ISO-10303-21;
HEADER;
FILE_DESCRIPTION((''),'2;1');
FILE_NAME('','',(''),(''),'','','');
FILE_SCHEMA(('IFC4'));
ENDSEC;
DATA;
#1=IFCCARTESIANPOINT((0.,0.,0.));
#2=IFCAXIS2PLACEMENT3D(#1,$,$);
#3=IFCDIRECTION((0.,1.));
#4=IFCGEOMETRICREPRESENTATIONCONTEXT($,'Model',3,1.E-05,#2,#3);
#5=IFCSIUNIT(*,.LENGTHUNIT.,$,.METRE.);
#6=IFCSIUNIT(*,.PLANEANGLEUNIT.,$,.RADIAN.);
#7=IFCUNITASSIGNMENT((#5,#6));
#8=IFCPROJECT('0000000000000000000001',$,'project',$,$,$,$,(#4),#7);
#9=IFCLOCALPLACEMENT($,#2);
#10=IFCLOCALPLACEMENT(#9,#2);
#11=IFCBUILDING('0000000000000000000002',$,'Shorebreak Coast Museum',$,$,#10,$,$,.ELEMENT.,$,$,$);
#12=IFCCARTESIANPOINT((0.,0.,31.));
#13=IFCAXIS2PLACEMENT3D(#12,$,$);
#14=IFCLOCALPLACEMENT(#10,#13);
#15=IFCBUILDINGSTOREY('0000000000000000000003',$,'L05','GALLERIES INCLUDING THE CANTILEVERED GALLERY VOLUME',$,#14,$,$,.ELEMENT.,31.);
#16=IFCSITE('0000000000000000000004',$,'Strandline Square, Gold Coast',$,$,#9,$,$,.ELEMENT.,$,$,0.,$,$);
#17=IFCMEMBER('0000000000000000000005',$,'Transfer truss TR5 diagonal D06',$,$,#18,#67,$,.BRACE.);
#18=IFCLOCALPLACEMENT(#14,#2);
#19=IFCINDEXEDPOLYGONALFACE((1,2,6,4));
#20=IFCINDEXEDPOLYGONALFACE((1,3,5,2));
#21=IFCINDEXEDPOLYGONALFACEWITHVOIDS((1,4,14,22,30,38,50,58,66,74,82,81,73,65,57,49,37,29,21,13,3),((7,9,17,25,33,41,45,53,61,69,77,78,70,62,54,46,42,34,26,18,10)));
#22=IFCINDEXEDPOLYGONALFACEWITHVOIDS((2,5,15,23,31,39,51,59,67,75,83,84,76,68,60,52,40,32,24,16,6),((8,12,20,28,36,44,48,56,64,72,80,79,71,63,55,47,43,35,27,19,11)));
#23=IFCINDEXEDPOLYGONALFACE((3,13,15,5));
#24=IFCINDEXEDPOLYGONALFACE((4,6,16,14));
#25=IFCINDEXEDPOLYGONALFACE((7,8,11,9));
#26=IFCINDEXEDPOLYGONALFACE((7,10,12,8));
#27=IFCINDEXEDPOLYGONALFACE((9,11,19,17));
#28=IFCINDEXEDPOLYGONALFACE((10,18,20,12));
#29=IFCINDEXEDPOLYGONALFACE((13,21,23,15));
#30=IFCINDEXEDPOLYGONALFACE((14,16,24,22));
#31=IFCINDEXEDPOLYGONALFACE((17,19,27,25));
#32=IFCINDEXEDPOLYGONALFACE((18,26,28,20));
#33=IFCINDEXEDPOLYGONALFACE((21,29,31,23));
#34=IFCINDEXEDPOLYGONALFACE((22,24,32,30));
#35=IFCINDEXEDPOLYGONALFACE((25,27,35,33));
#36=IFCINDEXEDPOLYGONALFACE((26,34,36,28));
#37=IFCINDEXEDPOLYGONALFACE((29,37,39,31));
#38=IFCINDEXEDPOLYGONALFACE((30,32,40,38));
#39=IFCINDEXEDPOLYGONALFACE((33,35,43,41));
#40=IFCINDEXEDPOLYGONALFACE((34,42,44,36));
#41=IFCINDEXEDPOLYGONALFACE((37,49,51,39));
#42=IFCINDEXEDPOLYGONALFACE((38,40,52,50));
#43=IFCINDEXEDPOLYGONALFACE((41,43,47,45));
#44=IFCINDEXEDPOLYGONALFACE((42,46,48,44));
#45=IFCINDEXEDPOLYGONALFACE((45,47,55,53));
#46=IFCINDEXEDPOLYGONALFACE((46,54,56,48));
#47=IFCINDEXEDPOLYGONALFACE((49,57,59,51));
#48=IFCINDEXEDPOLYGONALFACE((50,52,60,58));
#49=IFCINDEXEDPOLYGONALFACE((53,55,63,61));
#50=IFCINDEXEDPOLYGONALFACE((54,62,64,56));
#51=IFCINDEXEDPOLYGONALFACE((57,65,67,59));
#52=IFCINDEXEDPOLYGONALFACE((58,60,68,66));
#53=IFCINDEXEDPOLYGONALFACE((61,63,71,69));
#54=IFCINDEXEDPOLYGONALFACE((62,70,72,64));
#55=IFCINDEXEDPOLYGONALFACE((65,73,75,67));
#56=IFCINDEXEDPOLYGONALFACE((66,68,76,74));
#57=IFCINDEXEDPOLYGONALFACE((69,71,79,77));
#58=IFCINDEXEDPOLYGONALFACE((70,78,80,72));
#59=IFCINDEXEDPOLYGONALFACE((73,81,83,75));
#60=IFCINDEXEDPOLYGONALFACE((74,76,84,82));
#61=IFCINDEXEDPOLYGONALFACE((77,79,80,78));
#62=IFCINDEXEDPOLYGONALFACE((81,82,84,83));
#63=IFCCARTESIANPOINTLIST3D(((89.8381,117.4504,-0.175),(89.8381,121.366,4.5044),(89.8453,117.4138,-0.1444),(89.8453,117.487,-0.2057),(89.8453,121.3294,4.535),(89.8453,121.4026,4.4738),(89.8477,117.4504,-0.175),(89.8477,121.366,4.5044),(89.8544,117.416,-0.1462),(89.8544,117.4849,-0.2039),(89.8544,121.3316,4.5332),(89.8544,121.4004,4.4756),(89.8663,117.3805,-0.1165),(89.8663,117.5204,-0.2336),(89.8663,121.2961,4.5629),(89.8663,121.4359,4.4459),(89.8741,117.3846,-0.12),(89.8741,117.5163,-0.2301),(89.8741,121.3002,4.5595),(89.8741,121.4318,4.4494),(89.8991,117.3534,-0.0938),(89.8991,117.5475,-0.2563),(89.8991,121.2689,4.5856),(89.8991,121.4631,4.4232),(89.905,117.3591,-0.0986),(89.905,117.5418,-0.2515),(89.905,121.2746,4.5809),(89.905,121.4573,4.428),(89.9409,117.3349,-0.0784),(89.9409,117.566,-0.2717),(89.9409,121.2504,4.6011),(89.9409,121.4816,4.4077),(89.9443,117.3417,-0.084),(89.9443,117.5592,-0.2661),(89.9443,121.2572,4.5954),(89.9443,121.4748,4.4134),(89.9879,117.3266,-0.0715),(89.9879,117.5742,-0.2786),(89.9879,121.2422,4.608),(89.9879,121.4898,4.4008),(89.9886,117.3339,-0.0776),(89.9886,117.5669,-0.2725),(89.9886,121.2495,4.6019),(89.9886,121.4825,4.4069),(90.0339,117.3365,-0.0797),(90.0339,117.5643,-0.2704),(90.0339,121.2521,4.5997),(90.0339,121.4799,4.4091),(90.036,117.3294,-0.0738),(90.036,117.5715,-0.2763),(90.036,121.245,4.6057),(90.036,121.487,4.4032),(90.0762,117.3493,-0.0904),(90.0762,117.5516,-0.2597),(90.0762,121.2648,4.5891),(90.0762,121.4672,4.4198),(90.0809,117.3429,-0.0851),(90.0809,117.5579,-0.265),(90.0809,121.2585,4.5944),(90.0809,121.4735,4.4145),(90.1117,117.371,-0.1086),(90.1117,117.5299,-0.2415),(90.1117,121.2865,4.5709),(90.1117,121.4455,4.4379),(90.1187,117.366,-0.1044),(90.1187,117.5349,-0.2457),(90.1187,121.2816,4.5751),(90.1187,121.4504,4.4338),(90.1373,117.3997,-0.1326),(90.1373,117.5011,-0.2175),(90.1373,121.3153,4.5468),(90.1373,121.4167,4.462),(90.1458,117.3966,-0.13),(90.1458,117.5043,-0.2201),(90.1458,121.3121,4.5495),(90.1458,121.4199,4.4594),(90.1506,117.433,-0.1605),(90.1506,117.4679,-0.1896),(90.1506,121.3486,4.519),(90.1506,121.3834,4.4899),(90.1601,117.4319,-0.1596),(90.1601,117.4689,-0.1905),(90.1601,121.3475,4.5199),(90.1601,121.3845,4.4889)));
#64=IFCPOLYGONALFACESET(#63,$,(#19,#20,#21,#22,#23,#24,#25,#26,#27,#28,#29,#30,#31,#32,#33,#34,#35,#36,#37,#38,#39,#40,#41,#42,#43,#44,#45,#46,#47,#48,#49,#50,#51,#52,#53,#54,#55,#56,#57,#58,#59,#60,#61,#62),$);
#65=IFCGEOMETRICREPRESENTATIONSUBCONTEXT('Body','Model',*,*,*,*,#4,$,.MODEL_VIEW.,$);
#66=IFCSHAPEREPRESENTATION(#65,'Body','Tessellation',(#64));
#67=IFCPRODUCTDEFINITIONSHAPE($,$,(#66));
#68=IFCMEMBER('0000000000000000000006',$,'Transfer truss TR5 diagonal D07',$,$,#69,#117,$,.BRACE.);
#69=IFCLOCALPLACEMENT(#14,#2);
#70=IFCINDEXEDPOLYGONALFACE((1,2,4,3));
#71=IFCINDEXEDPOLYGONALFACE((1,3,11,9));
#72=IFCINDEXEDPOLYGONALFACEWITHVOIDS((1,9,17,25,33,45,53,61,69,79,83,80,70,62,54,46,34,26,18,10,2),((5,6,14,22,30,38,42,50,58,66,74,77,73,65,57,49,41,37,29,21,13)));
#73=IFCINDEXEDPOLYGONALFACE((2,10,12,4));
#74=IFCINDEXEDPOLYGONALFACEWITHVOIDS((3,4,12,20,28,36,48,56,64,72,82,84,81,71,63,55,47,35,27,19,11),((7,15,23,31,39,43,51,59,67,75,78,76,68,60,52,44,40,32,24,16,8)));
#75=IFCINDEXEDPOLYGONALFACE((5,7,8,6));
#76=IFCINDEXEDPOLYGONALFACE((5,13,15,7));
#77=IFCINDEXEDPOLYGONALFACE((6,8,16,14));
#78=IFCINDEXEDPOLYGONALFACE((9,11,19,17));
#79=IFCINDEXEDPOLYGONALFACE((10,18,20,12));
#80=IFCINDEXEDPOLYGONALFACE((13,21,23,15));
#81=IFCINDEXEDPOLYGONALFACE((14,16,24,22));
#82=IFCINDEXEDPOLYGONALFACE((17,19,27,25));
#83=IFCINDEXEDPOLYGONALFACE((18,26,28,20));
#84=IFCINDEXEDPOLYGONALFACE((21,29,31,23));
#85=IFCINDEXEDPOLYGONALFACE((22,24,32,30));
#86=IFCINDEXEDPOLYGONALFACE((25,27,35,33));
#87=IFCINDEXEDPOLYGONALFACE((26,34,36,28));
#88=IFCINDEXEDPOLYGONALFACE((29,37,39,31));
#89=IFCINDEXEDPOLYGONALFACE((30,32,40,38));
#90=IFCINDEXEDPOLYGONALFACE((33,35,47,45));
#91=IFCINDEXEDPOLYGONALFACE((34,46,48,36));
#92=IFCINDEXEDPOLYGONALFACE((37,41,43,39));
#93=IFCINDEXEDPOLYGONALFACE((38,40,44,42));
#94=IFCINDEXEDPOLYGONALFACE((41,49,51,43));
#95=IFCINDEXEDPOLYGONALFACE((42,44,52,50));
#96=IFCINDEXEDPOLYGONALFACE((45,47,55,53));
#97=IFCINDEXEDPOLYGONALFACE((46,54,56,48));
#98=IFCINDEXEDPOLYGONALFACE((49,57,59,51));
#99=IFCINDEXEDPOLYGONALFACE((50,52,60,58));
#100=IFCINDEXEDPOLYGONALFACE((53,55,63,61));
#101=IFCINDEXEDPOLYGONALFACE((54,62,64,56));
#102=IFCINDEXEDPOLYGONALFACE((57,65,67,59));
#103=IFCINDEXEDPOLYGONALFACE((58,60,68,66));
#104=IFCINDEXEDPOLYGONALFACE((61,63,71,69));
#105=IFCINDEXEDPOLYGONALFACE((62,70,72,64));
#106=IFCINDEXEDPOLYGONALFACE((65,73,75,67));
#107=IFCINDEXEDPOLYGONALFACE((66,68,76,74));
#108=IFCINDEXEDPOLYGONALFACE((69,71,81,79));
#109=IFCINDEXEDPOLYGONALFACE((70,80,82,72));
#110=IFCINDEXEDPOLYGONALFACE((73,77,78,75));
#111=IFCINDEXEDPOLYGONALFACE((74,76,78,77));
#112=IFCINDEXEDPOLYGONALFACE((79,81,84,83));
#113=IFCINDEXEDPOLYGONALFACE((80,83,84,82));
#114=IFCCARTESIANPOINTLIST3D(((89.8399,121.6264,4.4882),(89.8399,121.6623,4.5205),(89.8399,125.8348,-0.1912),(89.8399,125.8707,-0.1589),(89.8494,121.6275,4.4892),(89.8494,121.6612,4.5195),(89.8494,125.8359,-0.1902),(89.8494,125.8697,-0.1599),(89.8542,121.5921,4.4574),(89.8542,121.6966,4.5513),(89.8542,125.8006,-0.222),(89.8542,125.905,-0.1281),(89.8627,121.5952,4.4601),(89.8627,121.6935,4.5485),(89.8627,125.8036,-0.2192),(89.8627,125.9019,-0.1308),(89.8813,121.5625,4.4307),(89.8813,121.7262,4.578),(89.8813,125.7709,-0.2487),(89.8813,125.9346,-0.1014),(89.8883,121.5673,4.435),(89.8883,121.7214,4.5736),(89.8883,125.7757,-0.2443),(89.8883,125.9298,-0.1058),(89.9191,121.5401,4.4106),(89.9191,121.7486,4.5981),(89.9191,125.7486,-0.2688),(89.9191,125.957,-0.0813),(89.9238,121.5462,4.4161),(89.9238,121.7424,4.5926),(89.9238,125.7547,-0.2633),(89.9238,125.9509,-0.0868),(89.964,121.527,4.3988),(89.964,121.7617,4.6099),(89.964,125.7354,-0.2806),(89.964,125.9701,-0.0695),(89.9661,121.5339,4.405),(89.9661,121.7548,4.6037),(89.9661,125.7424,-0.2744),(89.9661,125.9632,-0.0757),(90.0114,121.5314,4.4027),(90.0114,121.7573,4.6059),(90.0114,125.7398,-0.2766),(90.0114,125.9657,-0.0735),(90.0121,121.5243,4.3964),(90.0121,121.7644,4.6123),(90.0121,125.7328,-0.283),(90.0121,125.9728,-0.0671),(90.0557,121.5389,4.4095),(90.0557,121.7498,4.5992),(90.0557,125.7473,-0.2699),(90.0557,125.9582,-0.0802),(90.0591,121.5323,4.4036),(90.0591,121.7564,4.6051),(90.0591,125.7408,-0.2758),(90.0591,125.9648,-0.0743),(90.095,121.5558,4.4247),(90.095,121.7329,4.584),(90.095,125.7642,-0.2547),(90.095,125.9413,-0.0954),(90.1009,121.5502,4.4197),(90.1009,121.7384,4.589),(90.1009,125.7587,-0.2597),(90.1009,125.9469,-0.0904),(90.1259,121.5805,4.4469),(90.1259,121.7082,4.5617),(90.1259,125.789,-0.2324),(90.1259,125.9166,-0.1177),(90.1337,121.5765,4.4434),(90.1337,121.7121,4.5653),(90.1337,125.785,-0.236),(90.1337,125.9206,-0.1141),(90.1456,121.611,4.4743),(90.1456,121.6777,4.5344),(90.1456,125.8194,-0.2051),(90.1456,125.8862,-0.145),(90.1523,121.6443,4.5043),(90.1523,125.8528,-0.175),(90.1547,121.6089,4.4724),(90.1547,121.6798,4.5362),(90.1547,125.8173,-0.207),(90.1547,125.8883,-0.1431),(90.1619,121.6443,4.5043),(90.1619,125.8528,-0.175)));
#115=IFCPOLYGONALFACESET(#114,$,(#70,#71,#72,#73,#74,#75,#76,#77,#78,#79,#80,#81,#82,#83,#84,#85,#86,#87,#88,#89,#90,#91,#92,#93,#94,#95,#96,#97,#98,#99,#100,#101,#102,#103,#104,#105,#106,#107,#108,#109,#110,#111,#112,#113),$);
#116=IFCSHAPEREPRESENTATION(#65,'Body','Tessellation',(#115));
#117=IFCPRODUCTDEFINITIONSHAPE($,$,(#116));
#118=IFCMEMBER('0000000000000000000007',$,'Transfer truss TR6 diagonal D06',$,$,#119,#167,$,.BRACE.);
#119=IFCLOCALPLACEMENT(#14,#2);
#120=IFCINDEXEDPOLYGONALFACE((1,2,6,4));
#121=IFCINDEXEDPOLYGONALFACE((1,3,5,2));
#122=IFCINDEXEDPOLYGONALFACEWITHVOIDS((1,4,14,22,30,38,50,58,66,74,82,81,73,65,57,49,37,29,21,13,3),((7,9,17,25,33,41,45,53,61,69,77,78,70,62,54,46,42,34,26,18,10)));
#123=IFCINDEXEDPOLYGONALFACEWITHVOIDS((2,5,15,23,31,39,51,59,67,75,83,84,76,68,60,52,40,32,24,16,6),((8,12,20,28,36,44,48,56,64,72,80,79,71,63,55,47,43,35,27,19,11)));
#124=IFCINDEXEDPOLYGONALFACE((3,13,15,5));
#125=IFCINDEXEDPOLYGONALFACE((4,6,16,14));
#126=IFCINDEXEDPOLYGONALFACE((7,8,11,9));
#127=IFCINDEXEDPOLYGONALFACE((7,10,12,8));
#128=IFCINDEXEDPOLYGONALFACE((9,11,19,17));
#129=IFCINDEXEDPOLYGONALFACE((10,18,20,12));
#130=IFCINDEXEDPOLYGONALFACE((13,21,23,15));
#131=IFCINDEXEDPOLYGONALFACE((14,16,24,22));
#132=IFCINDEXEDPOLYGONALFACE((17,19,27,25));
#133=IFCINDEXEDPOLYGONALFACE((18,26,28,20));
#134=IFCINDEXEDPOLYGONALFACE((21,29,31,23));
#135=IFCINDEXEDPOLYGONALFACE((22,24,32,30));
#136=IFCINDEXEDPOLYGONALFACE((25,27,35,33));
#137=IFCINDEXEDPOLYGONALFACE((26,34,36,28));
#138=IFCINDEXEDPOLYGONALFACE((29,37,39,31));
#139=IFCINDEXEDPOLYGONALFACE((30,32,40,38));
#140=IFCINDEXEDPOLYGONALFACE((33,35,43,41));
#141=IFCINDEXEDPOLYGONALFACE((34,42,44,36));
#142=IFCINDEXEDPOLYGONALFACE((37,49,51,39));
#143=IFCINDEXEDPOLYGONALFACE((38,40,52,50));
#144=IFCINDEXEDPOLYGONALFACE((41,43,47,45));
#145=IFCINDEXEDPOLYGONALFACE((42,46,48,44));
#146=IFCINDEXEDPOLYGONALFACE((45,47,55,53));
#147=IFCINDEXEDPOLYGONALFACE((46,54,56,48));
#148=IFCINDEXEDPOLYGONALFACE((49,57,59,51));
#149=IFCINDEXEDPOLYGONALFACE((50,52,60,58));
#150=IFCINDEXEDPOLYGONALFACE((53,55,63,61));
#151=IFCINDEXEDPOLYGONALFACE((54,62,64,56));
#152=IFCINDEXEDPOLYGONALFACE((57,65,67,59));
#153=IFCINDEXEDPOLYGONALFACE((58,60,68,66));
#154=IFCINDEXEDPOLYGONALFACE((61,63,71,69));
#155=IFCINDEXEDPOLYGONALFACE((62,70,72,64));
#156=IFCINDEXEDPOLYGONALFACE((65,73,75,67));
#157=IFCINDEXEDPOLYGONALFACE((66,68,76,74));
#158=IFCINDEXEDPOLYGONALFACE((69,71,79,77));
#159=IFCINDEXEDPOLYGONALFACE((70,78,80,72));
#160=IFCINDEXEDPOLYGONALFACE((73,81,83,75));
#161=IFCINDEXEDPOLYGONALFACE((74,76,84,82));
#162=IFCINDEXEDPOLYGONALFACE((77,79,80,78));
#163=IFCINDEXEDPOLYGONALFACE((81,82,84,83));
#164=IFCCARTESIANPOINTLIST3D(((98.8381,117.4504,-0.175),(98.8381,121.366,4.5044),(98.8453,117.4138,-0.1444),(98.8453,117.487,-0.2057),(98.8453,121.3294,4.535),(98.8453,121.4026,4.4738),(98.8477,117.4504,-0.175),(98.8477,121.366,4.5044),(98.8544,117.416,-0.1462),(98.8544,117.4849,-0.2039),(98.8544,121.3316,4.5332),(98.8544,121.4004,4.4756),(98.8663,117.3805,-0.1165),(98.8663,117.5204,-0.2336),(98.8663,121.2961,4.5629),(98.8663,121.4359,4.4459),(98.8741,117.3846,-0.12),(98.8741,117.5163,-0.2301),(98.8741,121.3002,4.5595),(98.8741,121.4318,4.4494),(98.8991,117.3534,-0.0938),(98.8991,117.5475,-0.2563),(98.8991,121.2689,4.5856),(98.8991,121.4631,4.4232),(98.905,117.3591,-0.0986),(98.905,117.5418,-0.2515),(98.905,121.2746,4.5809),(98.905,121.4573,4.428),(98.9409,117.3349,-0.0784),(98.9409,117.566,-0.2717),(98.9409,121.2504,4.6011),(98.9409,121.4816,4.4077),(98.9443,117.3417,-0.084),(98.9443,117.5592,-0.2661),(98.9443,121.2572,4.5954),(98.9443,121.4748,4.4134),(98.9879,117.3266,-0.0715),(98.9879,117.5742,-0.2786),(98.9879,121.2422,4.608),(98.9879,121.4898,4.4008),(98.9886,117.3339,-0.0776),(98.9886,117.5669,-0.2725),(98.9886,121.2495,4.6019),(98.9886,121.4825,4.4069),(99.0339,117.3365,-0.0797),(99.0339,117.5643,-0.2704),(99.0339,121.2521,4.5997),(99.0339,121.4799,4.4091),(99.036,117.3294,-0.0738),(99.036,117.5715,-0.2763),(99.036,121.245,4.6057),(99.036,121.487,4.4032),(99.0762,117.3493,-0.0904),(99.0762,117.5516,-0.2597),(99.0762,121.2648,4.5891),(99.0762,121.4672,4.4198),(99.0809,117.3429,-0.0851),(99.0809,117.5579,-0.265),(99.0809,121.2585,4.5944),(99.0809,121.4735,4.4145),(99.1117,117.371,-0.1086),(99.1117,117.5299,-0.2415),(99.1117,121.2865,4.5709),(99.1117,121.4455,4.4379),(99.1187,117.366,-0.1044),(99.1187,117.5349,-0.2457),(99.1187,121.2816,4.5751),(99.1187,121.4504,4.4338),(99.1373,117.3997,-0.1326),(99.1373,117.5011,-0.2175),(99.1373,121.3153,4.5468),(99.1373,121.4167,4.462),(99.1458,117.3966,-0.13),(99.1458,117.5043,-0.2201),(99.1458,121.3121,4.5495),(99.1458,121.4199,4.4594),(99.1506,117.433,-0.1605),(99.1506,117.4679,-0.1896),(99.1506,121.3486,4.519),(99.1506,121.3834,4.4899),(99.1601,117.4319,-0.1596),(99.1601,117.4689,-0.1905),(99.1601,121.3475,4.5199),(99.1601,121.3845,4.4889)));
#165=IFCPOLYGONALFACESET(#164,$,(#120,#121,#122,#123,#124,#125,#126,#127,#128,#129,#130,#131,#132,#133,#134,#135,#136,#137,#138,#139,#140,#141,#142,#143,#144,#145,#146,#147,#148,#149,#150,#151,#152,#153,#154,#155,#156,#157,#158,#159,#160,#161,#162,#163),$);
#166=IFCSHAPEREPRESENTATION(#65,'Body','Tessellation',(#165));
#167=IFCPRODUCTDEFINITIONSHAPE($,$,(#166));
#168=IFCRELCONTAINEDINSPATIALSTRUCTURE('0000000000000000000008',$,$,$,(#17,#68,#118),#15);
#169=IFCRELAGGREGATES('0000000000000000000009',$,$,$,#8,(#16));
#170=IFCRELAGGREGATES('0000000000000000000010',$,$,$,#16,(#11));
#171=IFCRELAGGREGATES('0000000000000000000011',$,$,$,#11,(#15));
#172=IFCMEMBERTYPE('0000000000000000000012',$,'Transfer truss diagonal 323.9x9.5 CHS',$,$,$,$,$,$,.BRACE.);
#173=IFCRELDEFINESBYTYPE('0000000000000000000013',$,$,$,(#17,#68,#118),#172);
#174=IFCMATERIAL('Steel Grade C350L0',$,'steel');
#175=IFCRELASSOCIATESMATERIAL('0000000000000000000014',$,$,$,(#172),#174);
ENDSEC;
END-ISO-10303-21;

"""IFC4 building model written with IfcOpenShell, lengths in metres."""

from ifc_helpers import new_model, si_unit, direction, frame, origin, origin_2d, place, context, subcontext, project, spatial, hollow_circle, extrude, material, material_profile, profile_set, type_object, element, save


model = new_model("IFC4")

# Units and contexts
model_context = context("Model", 3, precision=1e-05, world=origin(), true_north=direction((0.0, 1.0)))
body_context = subcontext(model_context, "Body", "Model", "MODEL_VIEW")
ifc_project = project(units=[si_unit("LENGTHUNIT", "METRE"), si_unit("PLANEANGLEUNIT", "RADIAN")], contexts=[model_context])

# Site, building, storey
site_placement = place(None, origin())
site = spatial("IfcSite", under=ifc_project, at=site_placement, Name="Strandline Square, Gold Coast", CompositionType="ELEMENT", RefElevation=0.0)
building_placement = place(site_placement, origin())
building = spatial("IfcBuilding", under=site, at=building_placement, Name="Shorebreak Coast Museum", CompositionType="ELEMENT")
storey_placement = place(building_placement, frame((0.0, 0.0, 31.0)))
storey = spatial("IfcBuildingStorey", under=building, at=storey_placement, Name="L05", Description="GALLERIES INCLUDING THE CANTILEVERED GALLERY VOLUME", CompositionType="ELEMENT", Elevation=31.0)

# Members
ifc_material_1 = material(Name="Steel Grade C350L0", Category="steel")
ifc_material_profile_1 = material_profile(ifc_material_1, hollow_circle(Radius=0.1619, WallThickness=0.0095, at=origin_2d()), Name="323.9x9.5 CHS")
ifc_profile_set_1 = profile_set([ifc_material_profile_1], Name="Steel Grade C350L0")
member_type_1 = type_object("IfcMemberType", Name="Transfer truss diagonal 323.9x9.5 CHS", PredefinedType="BRACE", material=ifc_profile_set_1)
member_1_placement = place(storey_placement, frame((90.0, 117.4504, -0.175), z_axis=(0.0, 0.64173, 0.766931), x_axis=(-1.0, 0.0, 0.0)))
element("IfcMember", 1, at=member_1_placement, inside=storey, type_object=member_type_1, Name="Transfer truss TR5 diagonal D06", PredefinedType="BRACE", context=body_context, shape_type="SweptSolid", body=[
    extrude(hollow_circle(Radius=0.1619, WallThickness=0.0095, at=origin_2d()), origin(), (0.0, 0.0, 1.0), 6.1016),
])
member_2_placement = place(storey_placement, frame((90.0, 125.8528, -0.175), z_axis=(0.0, -0.668701, 0.743531), x_axis=(1.0, 0.0, 0.0)))
element("IfcMember", 2, at=member_2_placement, inside=storey, type_object=member_type_1, Name="Transfer truss TR5 diagonal D07", PredefinedType="BRACE", context=body_context, shape_type="SweptSolid", body=[
    extrude(hollow_circle(Radius=0.1619, WallThickness=0.0095, at=origin_2d()), origin(), (0.0, 0.0, 1.0), 6.2935),
])
member_3_placement = place(storey_placement, frame((99.0, 117.4504, -0.175), z_axis=(0.0, 0.64173, 0.766931), x_axis=(-1.0, 0.0, 0.0)))
element("IfcMember", 3, at=member_3_placement, inside=storey, type_object=member_type_1, Name="Transfer truss TR6 diagonal D06", PredefinedType="BRACE", context=body_context, shape_type="SweptSolid", body=[
    extrude(hollow_circle(Radius=0.1619, WallThickness=0.0095, at=origin_2d()), origin(), (0.0, 0.0, 1.0), 6.1016),
])

save(model, "model.ifc")
